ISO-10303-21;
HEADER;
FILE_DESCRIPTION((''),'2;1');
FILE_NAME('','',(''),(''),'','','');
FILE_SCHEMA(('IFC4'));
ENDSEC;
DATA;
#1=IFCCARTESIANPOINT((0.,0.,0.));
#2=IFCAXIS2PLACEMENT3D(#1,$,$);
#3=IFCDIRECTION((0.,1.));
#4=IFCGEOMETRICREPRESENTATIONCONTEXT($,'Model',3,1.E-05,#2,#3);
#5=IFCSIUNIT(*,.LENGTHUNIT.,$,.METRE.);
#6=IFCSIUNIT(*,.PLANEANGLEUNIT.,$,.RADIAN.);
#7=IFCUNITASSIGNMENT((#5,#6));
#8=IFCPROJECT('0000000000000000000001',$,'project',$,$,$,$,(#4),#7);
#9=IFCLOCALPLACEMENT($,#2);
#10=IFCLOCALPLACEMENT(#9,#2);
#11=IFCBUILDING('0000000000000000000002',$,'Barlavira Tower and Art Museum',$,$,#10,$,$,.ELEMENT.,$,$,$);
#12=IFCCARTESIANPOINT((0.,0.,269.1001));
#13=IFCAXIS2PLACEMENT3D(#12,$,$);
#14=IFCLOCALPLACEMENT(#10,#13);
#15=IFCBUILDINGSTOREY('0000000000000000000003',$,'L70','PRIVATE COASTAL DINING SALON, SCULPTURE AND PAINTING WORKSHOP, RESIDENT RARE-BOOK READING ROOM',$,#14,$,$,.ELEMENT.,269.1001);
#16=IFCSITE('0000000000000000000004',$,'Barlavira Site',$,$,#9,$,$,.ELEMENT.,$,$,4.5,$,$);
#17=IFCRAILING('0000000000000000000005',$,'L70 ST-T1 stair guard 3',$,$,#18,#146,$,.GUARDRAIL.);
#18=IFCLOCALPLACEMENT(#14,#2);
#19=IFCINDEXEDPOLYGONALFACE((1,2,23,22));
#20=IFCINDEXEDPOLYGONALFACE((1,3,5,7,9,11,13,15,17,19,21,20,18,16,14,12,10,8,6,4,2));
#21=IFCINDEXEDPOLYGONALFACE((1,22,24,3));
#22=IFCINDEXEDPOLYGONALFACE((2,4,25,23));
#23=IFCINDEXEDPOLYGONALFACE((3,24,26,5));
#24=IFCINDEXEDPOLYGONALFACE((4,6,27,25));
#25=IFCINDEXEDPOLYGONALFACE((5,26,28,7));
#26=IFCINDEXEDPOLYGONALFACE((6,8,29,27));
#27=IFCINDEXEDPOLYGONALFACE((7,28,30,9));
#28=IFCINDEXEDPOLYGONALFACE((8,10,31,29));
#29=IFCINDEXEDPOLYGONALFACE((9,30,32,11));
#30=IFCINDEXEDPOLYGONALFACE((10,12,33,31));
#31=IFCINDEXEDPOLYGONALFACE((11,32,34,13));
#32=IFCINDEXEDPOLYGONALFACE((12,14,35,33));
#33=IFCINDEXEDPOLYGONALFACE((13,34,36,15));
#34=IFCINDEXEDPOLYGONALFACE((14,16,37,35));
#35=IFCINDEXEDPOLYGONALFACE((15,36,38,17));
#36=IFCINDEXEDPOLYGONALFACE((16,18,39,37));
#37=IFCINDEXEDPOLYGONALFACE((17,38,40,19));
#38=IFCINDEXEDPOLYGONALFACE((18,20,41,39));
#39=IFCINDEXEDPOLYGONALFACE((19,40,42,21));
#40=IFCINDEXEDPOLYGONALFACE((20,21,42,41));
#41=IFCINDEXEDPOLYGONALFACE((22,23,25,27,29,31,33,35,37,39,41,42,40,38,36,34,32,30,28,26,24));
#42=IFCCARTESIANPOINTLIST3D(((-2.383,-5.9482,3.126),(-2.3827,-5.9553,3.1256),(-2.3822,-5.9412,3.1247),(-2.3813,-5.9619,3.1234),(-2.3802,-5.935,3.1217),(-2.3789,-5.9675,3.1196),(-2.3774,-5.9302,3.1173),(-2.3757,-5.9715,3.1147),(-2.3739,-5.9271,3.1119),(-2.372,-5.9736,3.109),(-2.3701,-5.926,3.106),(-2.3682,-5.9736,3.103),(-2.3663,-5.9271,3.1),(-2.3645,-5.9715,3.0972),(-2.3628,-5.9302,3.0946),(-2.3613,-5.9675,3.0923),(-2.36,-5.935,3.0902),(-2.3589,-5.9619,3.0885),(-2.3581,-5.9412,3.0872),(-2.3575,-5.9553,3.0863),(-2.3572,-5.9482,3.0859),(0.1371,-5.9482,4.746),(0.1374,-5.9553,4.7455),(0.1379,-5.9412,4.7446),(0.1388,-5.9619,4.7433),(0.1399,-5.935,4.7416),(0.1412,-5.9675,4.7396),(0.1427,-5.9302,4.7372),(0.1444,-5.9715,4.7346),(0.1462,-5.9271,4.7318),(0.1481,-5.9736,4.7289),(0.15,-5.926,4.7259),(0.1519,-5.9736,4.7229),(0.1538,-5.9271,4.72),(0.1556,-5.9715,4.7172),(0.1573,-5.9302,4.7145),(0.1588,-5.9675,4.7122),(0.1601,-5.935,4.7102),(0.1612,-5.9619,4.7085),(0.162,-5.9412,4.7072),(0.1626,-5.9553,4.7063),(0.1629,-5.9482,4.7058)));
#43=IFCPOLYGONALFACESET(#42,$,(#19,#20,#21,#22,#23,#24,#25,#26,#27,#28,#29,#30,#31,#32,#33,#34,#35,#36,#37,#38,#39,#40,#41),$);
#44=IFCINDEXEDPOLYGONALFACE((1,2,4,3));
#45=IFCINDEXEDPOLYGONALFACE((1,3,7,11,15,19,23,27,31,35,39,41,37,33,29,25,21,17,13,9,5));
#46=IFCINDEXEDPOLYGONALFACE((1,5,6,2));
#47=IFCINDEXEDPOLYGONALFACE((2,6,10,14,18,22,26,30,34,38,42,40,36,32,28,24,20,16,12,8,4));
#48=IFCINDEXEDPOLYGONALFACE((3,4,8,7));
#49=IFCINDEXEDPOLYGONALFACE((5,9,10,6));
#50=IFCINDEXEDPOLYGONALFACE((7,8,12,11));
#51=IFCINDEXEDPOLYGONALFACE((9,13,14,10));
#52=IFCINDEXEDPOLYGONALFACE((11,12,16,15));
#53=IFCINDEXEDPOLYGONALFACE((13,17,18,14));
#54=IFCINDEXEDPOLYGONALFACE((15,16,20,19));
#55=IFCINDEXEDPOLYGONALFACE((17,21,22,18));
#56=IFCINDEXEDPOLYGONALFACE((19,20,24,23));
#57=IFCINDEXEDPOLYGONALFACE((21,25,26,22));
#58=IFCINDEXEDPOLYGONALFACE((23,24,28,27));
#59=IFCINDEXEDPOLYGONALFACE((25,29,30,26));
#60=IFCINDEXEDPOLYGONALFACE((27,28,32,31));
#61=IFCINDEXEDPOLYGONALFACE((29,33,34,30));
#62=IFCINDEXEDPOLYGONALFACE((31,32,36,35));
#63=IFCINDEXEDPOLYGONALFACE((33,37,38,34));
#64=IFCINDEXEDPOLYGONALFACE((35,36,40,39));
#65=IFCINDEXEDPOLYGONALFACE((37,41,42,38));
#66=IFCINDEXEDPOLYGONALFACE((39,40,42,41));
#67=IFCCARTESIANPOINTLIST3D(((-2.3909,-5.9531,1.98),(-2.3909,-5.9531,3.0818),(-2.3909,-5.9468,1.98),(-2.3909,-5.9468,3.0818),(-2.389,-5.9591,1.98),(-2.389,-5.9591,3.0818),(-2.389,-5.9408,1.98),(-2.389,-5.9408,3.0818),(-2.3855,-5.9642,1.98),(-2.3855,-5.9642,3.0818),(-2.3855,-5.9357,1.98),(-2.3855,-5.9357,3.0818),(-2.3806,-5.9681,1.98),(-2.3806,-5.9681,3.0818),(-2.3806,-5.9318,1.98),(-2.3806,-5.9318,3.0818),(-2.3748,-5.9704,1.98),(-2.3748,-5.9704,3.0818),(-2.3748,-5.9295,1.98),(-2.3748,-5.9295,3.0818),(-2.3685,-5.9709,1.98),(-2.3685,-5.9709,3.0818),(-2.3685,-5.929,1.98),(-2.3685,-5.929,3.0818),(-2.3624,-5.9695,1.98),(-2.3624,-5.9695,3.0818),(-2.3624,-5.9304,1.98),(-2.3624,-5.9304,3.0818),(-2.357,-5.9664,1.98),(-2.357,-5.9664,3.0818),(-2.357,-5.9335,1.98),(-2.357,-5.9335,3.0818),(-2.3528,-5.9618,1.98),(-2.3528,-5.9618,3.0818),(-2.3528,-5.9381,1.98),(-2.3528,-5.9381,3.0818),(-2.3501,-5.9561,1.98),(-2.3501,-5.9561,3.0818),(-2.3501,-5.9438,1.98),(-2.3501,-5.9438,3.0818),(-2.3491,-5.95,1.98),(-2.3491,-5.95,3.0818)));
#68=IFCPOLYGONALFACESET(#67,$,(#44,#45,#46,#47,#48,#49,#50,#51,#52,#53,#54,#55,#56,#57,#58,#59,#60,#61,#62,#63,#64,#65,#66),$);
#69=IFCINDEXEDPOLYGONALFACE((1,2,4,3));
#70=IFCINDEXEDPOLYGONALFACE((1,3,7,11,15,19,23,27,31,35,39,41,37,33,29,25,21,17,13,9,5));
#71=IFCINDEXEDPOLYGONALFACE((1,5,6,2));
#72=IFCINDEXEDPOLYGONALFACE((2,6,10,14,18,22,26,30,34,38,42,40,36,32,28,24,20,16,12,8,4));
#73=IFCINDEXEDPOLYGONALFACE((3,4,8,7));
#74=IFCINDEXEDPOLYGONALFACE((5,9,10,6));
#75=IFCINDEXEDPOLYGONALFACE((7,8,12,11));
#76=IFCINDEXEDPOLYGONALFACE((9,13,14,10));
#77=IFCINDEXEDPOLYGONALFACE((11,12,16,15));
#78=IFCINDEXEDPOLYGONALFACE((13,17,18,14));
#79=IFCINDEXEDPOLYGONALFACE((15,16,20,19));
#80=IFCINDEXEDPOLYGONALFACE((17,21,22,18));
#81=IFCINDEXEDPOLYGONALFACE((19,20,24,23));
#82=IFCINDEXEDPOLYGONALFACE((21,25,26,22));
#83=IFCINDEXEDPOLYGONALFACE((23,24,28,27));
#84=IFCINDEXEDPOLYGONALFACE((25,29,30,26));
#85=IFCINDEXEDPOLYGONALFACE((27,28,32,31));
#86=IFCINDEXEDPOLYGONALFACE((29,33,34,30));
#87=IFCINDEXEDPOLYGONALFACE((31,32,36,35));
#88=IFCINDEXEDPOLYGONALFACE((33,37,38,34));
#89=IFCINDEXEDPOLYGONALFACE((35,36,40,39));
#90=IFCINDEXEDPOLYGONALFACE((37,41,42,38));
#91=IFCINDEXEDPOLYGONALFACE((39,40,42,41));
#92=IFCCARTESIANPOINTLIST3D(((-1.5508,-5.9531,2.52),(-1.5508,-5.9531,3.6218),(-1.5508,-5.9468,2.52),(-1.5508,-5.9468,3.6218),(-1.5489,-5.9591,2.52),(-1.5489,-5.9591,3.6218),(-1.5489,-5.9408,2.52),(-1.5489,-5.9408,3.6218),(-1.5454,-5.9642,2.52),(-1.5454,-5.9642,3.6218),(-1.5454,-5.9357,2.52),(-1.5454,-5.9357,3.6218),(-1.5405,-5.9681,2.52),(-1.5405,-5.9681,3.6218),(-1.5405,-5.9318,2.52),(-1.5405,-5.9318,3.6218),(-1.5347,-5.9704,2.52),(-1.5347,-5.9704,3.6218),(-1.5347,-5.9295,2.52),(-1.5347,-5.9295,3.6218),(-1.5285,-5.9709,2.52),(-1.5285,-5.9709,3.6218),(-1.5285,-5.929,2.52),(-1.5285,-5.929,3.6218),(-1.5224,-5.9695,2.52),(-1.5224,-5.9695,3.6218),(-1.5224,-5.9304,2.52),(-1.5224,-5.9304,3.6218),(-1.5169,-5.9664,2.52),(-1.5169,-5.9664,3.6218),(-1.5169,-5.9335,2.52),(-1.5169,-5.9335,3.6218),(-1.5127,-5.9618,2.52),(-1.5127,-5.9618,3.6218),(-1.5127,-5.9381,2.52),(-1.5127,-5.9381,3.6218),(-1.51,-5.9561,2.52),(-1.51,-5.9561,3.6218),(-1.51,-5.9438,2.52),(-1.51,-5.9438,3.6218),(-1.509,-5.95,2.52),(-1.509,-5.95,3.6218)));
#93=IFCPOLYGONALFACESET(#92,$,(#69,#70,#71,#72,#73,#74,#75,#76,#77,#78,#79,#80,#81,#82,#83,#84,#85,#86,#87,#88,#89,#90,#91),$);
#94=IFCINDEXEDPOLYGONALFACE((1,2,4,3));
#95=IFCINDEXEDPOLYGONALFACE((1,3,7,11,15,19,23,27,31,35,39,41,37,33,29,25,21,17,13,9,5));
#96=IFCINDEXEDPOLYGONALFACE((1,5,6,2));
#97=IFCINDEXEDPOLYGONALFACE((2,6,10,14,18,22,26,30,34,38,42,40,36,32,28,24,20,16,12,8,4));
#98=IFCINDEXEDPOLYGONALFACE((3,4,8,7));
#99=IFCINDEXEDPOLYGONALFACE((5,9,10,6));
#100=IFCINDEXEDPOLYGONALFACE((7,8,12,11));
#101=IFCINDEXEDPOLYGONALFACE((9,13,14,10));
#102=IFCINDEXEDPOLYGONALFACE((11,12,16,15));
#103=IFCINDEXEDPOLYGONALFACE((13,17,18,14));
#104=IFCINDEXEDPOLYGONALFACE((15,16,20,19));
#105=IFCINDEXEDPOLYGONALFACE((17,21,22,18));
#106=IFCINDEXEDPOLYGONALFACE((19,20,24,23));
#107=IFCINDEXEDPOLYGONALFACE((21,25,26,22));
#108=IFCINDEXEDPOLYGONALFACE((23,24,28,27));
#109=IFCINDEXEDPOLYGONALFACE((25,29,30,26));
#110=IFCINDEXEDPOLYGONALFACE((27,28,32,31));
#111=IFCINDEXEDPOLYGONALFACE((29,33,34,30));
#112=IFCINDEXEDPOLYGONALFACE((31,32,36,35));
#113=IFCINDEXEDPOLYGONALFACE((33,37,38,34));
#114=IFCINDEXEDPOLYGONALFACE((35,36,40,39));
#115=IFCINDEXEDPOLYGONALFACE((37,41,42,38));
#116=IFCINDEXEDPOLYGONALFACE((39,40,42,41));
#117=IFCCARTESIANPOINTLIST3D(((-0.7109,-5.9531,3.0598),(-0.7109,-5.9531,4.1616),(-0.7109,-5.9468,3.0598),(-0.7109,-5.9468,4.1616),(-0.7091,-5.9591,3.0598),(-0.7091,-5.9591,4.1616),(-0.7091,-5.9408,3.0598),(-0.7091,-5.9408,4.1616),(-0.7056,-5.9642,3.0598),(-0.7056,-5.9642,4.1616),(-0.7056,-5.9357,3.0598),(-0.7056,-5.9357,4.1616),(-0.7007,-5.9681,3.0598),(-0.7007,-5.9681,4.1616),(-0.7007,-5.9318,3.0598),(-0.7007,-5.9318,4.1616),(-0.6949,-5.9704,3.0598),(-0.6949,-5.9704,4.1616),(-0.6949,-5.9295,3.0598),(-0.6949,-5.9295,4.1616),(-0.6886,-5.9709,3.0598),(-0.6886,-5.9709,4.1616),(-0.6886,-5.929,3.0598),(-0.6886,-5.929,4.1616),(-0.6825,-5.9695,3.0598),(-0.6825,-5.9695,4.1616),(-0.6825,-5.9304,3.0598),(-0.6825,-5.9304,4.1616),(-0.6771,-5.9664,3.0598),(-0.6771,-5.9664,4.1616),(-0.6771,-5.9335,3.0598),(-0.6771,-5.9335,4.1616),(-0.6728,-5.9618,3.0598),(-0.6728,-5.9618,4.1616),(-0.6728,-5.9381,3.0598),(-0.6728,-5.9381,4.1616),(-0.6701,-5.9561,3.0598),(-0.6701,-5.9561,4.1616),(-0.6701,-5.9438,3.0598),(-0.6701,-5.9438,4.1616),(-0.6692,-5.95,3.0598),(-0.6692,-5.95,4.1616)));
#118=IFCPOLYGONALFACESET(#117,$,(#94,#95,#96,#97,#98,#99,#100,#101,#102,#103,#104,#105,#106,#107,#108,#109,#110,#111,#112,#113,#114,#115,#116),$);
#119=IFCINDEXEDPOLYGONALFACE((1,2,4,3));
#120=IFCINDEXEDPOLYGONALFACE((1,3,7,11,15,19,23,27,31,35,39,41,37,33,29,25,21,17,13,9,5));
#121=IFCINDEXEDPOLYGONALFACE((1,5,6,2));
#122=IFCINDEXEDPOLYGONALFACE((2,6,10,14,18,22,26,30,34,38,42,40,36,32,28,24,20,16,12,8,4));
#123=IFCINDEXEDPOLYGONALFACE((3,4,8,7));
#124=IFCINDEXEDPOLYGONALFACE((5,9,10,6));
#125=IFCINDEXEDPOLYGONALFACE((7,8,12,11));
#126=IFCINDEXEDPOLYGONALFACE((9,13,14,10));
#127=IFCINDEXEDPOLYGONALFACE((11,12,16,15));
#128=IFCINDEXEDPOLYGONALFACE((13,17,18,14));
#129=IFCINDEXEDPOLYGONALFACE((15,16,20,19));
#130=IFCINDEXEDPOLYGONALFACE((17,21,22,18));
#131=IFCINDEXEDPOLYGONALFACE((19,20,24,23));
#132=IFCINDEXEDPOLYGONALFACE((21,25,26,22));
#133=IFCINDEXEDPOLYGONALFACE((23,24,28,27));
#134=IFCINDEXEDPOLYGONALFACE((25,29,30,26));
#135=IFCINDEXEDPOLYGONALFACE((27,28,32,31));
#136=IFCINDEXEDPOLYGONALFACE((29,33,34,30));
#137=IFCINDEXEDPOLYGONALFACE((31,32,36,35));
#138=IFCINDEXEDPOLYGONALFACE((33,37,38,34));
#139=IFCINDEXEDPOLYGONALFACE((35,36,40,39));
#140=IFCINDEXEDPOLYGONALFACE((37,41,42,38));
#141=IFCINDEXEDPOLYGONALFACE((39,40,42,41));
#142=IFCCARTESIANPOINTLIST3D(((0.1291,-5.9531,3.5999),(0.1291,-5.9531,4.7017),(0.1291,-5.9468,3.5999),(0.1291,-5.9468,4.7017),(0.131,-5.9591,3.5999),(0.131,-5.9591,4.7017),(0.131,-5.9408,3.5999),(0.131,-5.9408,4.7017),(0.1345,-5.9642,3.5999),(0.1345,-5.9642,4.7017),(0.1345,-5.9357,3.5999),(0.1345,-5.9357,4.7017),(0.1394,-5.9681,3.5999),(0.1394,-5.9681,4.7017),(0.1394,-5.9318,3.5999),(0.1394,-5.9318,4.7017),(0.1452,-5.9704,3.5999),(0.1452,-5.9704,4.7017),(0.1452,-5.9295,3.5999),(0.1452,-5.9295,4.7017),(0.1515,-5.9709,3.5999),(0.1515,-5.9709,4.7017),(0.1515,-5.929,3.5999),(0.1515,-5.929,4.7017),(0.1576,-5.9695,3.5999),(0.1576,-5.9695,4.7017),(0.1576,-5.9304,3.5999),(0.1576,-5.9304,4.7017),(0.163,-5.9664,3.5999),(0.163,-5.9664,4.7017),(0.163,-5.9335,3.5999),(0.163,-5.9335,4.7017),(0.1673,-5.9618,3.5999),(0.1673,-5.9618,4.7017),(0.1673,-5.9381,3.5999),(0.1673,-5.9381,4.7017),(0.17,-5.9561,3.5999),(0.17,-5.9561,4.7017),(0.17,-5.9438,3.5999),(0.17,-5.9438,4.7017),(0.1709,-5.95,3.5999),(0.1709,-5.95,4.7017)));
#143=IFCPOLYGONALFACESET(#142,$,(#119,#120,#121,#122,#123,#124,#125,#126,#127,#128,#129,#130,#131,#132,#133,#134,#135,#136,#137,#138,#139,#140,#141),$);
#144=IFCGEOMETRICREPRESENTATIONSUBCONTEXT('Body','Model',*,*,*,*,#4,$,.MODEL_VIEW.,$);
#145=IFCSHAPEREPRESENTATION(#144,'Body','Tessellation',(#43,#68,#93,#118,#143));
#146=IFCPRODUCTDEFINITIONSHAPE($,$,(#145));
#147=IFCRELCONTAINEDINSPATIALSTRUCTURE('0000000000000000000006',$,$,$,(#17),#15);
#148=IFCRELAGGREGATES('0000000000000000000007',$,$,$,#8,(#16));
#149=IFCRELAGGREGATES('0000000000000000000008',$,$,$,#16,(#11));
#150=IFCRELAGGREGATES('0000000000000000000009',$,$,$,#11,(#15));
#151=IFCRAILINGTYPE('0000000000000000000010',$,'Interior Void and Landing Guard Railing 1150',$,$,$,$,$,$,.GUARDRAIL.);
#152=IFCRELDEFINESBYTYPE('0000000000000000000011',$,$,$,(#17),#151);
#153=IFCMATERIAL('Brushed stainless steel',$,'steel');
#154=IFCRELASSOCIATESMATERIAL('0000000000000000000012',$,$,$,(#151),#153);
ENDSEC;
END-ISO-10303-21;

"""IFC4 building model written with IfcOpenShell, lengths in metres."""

from ifc_helpers import new_model, si_unit, direction, frame, origin, origin_2d, place, context, subcontext, project, spatial, circle, extrude, material, type_object, element, save


model = new_model("IFC4")

# Units and contexts
model_context = context("Model", 3, precision=1e-05, world=origin(), true_north=direction((0.0, 1.0)))
body_context = subcontext(model_context, "Body", "Model", "MODEL_VIEW")
ifc_project = project(units=[si_unit("LENGTHUNIT", "METRE"), si_unit("PLANEANGLEUNIT", "RADIAN")], contexts=[model_context])

# Site, building, storey
site_placement = place(None, origin())
site = spatial("IfcSite", under=ifc_project, at=site_placement, Name="Barlavira Site", CompositionType="ELEMENT", RefElevation=4.5)
building_placement = place(site_placement, origin())
building = spatial("IfcBuilding", under=site, at=building_placement, Name="Barlavira Tower and Art Museum", CompositionType="ELEMENT")
storey_placement = place(building_placement, frame((0.0, 0.0, 269.1001)))
storey = spatial("IfcBuildingStorey", under=building, at=storey_placement, Name="L70", Description="PRIVATE COASTAL DINING SALON, SCULPTURE AND PAINTING WORKSHOP, RESIDENT RARE-BOOK READING ROOM", CompositionType="ELEMENT", Elevation=269.1001)

# Shared definitions
ifc_material_1 = material(Name="Brushed stainless steel", Category="steel")

# Railing
railing_type_1 = type_object("IfcRailingType", Name="Interior Void and Landing Guard Railing 1150", PredefinedType="GUARDRAIL", material=ifc_material_1)
railing_1_placement = place(storey_placement, frame((-2.3701, -5.95, 1.98)))
element("IfcRailing", 1, at=railing_1_placement, inside=storey, type_object=railing_type_1, Name="L70 ST-T1 stair guard 3", PredefinedType="GUARDRAIL", context=body_context, shape_type="SweptSolid", body=[
    extrude(circle(Radius=0.0239, at=origin_2d()), frame((0.0, 0.0, 1.126), z_axis=(0.8412, 0.0, 0.540725), x_axis=(0.0, 1.0, 0.0)), (0.0, 0.0, 1.0), 2.9958),
    extrude(circle(Radius=0.021, at=origin_2d()), origin(), (0.0, 0.0, 1.0), 1.1018),
    extrude(circle(Radius=0.021, at=origin_2d()), frame((0.8401, 0.0, 0.54)), (0.0, 0.0, 1.0), 1.1018),
    extrude(circle(Radius=0.021, at=origin_2d()), frame((1.6799, 0.0, 1.0798)), (0.0, 0.0, 1.0), 1.1018),
    extrude(circle(Radius=0.021, at=origin_2d()), frame((2.52, 0.0, 1.6199)), (0.0, 0.0, 1.0), 1.1018),
])

save(model, "model.ifc")
